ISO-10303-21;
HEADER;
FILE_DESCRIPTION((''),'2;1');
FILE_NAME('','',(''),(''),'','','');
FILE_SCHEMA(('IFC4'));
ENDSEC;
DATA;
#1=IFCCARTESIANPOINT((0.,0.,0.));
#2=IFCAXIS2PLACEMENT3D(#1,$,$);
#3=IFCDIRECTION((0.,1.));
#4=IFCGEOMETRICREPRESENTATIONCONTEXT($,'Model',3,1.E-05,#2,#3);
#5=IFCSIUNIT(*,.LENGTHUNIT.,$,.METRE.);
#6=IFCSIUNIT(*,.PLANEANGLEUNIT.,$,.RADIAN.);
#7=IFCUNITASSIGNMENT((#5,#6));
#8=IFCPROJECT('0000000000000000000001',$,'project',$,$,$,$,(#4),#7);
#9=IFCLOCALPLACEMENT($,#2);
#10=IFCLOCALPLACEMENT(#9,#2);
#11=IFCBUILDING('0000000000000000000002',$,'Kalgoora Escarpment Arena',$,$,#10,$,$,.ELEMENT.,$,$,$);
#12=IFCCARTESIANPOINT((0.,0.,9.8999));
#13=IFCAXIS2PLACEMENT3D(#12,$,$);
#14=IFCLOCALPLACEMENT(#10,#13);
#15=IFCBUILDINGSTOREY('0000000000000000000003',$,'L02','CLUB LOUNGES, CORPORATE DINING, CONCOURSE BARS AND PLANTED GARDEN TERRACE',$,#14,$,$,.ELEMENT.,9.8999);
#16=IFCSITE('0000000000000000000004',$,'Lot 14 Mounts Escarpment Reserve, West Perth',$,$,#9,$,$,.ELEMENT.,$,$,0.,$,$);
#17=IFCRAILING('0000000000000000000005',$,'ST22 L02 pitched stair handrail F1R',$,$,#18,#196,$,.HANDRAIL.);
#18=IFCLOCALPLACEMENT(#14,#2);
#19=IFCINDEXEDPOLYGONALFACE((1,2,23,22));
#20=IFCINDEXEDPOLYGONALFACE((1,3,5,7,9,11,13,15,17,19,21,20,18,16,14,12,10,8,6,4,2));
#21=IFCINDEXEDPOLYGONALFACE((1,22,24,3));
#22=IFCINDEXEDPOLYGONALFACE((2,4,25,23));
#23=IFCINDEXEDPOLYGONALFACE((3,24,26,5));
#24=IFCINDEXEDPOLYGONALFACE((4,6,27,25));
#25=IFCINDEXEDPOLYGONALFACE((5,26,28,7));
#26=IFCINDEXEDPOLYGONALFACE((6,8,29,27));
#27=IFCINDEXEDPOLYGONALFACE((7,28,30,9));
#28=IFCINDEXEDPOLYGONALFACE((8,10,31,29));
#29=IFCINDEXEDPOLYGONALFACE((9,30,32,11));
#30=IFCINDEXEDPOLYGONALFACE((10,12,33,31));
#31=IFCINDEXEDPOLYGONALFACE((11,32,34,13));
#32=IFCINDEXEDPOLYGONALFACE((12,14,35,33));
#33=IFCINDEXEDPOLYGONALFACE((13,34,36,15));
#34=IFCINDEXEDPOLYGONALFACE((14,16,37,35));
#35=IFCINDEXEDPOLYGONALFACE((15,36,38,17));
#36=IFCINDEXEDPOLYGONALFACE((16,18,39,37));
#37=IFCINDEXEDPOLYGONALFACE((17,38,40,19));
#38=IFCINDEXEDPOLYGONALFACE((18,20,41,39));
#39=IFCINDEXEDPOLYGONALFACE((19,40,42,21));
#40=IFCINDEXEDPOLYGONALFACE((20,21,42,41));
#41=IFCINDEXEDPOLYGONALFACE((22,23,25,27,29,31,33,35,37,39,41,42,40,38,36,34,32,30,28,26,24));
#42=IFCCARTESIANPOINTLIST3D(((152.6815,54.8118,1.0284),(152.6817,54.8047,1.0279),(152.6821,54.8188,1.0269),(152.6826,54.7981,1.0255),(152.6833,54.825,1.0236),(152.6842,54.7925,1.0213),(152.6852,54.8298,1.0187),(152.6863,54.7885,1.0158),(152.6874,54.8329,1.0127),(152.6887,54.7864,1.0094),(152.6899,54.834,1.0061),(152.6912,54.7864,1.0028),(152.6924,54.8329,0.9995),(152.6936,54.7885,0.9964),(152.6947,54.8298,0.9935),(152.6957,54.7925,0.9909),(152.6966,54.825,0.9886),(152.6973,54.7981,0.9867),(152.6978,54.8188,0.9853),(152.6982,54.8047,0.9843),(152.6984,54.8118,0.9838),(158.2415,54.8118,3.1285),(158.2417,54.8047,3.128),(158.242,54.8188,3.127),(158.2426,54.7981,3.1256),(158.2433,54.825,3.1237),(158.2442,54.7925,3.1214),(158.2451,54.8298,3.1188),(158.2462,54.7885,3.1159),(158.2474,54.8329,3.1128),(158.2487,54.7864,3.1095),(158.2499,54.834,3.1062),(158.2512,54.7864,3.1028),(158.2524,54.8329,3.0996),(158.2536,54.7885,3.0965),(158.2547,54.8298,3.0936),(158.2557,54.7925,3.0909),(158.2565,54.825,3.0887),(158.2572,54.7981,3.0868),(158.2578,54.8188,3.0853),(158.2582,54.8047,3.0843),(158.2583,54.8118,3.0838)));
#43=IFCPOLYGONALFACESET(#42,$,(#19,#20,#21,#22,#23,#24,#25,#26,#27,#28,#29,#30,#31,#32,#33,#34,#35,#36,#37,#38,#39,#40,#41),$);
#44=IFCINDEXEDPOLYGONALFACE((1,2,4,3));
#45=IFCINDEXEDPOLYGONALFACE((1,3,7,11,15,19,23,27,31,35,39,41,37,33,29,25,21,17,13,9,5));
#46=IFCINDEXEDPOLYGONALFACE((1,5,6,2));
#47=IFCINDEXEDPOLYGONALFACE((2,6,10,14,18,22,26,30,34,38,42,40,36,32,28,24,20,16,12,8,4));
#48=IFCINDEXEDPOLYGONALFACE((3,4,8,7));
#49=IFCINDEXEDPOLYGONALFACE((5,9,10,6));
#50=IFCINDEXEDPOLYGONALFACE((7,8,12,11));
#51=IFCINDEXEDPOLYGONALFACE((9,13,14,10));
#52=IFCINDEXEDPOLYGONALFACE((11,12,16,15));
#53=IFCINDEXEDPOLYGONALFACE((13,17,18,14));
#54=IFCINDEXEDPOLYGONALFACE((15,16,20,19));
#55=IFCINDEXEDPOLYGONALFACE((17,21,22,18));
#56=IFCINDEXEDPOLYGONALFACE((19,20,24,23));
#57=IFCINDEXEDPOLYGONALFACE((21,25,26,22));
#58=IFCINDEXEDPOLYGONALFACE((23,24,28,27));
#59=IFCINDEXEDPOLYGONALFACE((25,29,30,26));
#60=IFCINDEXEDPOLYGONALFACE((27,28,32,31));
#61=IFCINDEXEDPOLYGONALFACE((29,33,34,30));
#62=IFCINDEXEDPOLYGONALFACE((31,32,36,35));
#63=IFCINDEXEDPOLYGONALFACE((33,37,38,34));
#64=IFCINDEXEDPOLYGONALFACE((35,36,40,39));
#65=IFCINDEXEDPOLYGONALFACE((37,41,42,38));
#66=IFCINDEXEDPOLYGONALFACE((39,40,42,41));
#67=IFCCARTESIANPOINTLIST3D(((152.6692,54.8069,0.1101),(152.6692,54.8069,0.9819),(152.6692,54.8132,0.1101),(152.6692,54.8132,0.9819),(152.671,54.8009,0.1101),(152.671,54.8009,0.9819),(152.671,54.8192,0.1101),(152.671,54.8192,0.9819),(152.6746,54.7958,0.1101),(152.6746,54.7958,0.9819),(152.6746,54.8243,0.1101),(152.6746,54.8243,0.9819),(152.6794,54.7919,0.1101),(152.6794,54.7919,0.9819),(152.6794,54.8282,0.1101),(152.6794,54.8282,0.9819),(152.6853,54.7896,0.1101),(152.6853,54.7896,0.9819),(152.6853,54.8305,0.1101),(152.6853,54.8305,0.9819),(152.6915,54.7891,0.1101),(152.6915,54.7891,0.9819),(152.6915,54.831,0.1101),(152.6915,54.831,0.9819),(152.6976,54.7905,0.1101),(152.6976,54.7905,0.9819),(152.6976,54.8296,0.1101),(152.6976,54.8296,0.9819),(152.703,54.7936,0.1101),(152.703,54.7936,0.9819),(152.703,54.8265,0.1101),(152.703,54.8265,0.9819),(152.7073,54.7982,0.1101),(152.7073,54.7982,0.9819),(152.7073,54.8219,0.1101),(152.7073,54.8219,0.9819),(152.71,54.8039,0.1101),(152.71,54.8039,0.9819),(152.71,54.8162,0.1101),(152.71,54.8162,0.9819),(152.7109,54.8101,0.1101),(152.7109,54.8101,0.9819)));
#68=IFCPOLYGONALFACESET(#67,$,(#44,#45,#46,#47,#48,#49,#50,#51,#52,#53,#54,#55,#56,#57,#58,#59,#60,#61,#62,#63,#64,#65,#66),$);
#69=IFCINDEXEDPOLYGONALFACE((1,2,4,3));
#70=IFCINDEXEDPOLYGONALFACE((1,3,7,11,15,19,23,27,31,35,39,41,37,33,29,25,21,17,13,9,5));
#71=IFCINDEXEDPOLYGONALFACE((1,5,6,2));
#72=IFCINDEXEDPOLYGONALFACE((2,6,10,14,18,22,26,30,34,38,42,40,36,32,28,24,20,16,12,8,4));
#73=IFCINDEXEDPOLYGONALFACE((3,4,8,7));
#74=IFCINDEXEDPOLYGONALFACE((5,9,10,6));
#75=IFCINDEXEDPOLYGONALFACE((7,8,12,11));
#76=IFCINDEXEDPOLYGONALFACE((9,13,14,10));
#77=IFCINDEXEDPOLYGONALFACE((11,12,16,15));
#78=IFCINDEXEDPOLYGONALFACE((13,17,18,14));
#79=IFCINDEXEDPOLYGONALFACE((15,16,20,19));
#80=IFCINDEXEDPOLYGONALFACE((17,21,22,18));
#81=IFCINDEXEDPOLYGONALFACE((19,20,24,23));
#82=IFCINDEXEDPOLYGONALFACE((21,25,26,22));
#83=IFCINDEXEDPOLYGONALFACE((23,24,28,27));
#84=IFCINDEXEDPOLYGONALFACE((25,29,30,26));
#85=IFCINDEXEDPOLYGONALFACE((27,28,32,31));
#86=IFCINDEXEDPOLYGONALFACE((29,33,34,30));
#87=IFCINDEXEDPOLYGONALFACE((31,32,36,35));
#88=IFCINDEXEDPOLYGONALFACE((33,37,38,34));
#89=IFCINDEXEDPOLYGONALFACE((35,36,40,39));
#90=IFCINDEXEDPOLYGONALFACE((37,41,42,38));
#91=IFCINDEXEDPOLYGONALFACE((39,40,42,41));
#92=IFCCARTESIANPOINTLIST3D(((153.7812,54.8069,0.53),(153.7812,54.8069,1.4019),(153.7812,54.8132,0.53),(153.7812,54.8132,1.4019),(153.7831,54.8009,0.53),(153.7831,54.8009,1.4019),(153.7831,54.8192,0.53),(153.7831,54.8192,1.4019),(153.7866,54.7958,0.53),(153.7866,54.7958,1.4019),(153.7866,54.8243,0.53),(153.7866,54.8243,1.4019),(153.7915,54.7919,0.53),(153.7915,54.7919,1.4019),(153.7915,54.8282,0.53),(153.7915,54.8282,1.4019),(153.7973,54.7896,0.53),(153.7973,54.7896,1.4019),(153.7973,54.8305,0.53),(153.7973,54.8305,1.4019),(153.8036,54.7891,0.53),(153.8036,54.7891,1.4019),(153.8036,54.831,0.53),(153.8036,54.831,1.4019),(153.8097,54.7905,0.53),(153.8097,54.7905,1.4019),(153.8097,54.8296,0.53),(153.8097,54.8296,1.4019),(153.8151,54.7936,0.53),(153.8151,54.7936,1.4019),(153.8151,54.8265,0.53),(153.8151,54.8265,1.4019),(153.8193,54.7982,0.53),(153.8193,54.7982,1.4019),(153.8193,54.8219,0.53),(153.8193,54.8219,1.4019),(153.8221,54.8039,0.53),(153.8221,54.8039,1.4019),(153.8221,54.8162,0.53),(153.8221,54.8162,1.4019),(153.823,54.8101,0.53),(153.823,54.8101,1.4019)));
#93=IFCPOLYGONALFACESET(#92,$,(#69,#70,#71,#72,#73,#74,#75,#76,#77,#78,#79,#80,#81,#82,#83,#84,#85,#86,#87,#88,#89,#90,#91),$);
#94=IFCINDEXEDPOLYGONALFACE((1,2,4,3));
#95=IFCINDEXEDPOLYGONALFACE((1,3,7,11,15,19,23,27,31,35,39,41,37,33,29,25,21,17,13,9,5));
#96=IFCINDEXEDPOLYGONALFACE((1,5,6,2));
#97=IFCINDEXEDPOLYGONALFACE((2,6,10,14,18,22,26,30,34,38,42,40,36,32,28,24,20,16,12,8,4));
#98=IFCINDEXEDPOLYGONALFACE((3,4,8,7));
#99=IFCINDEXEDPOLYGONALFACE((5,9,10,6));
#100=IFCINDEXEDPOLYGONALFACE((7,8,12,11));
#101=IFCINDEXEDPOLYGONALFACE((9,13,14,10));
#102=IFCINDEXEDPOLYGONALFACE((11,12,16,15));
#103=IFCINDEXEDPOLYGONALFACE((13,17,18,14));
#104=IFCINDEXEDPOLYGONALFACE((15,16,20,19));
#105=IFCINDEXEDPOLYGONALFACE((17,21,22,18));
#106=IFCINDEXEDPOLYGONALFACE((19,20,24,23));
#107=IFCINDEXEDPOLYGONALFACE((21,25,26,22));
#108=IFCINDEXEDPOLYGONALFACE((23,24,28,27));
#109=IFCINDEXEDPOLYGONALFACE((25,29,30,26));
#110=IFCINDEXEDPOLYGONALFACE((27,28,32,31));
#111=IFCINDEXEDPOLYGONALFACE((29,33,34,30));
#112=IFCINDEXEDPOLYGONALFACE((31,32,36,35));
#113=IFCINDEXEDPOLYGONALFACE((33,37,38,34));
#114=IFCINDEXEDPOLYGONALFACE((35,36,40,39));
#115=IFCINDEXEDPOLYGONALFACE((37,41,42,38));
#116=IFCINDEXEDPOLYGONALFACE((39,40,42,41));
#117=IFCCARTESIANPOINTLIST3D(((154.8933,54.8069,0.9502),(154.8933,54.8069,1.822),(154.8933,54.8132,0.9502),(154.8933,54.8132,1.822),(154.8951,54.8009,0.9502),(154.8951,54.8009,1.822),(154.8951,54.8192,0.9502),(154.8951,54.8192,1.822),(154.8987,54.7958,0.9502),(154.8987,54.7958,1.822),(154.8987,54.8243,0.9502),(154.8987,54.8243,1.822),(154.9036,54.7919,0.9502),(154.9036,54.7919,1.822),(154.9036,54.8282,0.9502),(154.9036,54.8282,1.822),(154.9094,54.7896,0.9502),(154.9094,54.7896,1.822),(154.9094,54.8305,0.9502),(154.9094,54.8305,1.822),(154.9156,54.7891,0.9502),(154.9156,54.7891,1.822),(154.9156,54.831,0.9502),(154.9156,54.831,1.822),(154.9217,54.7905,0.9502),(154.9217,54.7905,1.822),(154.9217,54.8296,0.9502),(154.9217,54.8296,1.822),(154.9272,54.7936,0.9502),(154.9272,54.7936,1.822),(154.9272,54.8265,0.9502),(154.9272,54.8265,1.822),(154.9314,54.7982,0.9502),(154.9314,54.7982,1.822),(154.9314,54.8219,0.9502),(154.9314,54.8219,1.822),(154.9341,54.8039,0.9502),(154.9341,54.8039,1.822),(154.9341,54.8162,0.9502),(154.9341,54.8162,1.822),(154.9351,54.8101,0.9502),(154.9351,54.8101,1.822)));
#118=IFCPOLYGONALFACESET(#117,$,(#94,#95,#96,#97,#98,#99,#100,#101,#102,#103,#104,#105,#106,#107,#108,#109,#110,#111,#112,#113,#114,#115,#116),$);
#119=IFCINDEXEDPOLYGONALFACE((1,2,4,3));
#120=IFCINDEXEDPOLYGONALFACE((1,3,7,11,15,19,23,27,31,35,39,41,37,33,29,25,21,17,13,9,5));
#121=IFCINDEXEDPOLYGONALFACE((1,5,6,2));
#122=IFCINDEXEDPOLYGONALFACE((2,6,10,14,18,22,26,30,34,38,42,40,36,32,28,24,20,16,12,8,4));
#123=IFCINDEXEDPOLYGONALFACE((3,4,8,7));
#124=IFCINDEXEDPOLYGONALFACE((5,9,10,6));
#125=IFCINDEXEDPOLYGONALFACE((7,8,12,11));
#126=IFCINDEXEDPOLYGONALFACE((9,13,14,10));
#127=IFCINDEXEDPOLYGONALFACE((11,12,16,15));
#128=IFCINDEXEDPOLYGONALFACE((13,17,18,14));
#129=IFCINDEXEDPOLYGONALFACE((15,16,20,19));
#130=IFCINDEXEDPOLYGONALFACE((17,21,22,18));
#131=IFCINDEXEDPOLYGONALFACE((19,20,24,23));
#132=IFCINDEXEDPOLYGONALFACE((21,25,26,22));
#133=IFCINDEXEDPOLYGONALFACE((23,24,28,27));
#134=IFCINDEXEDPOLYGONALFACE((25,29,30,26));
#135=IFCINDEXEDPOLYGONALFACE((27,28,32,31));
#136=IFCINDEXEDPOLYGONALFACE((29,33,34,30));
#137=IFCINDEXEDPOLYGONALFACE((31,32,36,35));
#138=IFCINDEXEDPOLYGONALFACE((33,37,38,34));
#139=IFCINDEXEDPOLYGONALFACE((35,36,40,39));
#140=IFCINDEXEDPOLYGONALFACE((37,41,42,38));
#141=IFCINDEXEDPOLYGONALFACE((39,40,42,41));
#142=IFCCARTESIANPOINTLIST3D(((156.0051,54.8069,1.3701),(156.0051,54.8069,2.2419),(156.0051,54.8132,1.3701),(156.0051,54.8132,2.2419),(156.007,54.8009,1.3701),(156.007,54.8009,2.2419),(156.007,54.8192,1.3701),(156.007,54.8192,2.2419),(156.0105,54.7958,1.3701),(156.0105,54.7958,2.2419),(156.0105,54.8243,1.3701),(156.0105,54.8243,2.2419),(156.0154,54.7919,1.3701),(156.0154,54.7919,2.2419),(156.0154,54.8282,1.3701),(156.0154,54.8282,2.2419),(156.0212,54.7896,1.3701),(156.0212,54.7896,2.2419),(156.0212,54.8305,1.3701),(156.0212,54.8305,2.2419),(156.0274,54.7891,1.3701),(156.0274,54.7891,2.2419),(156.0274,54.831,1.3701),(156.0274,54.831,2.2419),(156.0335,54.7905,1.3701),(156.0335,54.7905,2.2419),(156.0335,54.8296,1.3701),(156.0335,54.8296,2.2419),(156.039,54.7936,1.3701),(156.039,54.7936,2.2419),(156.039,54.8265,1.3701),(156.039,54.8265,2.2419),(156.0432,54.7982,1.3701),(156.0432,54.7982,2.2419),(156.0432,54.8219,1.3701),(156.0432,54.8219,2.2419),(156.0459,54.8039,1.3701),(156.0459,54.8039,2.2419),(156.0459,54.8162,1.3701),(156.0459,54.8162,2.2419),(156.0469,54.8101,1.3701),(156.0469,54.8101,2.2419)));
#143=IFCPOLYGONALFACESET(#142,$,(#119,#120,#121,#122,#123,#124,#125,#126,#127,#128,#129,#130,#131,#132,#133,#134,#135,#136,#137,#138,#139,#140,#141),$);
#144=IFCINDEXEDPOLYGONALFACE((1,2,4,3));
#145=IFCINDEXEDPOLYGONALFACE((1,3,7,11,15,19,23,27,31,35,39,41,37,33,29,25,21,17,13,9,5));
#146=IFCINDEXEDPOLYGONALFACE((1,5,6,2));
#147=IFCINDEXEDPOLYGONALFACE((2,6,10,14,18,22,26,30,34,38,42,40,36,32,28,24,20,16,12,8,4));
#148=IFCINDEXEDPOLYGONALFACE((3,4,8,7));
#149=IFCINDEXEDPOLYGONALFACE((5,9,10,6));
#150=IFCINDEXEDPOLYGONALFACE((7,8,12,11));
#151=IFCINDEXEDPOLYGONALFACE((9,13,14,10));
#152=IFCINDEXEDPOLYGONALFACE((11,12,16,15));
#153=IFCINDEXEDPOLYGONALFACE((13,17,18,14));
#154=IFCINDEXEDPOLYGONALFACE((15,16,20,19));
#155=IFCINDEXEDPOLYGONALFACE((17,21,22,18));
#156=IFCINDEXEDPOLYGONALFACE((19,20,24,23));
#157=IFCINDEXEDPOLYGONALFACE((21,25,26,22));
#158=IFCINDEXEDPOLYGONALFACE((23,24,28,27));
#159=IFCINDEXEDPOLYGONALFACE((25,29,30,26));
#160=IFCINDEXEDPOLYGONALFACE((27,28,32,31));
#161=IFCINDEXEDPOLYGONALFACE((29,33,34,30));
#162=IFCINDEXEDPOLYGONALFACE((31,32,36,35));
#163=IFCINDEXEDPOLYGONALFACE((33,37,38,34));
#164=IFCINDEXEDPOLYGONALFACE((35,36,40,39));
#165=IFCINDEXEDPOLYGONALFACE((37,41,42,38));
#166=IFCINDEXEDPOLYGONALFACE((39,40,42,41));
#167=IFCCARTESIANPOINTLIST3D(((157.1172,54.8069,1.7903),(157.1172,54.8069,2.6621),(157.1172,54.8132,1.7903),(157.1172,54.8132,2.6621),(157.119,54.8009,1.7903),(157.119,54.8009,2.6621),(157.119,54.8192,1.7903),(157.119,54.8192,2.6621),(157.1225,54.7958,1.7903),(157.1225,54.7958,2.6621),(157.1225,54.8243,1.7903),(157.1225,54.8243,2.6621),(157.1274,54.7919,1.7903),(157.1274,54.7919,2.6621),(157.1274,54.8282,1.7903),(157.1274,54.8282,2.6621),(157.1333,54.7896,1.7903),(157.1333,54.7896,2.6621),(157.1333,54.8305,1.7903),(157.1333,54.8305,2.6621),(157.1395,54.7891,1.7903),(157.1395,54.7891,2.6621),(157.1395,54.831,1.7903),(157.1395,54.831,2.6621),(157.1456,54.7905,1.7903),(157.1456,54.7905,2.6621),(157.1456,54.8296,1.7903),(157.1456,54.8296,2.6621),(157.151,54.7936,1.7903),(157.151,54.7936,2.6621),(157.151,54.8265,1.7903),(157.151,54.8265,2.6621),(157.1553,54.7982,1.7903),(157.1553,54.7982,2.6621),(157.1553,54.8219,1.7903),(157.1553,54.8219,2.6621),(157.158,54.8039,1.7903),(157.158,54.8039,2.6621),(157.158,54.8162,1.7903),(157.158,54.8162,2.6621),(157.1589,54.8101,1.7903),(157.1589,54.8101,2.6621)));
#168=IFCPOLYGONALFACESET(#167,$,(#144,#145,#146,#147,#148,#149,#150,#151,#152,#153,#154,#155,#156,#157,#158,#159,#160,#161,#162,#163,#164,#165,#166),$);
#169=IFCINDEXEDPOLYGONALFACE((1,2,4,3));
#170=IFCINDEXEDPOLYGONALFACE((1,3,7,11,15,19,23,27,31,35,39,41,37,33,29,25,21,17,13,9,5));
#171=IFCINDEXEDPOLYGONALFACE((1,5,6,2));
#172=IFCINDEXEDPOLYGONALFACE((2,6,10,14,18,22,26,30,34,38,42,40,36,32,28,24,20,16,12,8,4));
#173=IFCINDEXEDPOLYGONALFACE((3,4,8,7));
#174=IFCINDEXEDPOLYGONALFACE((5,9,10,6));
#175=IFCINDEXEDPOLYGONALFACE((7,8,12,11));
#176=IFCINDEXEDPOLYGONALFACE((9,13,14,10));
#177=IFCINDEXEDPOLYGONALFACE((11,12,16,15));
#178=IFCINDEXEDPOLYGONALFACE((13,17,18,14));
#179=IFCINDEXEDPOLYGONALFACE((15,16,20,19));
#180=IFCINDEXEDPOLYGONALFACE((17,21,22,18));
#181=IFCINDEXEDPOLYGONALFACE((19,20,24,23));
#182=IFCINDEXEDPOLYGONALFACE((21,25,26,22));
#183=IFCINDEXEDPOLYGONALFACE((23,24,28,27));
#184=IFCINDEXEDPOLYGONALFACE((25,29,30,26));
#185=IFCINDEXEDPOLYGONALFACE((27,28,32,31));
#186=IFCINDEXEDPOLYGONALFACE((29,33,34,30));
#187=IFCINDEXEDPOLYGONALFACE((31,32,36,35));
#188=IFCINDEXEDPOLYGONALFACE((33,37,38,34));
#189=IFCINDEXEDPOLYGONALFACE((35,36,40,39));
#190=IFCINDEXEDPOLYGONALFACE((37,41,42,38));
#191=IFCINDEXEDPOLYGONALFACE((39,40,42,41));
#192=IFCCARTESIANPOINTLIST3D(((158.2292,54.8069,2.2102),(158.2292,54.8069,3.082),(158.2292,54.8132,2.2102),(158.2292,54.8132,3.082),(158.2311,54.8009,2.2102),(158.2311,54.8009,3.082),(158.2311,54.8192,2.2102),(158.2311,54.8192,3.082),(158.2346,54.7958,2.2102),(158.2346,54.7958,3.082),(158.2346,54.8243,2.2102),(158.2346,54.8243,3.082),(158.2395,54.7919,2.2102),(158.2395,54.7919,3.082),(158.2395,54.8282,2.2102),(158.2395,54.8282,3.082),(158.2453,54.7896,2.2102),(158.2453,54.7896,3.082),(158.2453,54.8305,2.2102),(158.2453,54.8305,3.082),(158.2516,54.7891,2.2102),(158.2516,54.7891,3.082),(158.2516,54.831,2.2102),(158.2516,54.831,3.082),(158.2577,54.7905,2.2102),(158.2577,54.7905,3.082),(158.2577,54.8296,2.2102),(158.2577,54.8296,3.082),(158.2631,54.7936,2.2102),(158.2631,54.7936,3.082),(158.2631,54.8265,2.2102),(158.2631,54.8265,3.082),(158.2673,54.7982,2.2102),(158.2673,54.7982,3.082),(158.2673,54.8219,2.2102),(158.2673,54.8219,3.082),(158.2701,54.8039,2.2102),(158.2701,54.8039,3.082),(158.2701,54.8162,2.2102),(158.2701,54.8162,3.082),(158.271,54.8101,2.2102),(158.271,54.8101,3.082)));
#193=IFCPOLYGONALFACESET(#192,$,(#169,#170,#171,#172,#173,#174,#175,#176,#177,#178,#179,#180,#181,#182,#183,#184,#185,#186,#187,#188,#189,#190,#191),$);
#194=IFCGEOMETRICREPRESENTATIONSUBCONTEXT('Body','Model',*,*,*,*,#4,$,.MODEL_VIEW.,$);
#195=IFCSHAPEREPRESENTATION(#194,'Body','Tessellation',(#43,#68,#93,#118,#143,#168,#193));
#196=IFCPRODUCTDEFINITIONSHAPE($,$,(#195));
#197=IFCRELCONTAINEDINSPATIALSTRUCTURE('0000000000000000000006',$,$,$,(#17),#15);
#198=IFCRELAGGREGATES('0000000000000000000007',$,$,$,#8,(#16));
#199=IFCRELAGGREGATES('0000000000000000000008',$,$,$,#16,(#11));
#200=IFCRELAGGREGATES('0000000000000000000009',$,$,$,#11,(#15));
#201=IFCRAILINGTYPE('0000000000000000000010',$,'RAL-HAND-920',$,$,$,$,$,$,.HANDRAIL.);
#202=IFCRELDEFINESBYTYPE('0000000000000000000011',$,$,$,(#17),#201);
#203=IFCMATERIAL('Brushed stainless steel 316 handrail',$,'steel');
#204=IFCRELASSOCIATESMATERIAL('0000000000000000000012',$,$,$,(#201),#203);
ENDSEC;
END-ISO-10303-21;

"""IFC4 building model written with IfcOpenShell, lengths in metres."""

from ifc_helpers import new_model, si_unit, direction, frame, origin, origin_2d, place, context, subcontext, project, spatial, circle, extrude, material, type_object, element, save


model = new_model("IFC4")

# Units and contexts
model_context = context("Model", 3, precision=1e-05, world=origin(), true_north=direction((0.0, 1.0)))
body_context = subcontext(model_context, "Body", "Model", "MODEL_VIEW")
ifc_project = project(units=[si_unit("LENGTHUNIT", "METRE"), si_unit("PLANEANGLEUNIT", "RADIAN")], contexts=[model_context])

# Site, building, storey
site_placement = place(None, origin())
site = spatial("IfcSite", under=ifc_project, at=site_placement, Name="Lot 14 Mounts Escarpment Reserve, West Perth", CompositionType="ELEMENT", RefElevation=0.0)
building_placement = place(site_placement, origin())
building = spatial("IfcBuilding", under=site, at=building_placement, Name="Kalgoora Escarpment Arena", CompositionType="ELEMENT")
storey_placement = place(building_placement, frame((0.0, 0.0, 9.8999)))
storey = spatial("IfcBuildingStorey", under=building, at=storey_placement, Name="L02", Description="CLUB LOUNGES, CORPORATE DINING, CONCOURSE BARS AND PLANTED GARDEN TERRACE", CompositionType="ELEMENT", Elevation=9.8999)

# Railing
ifc_material_1 = material(Name="Brushed stainless steel 316 handrail", Category="steel")
railing_type_1 = type_object("IfcRailingType", Name="RAL-HAND-920", PredefinedType="HANDRAIL", material=ifc_material_1)
for number, where, name in (
    (1, (152.6899, 54.8101, 0.1101), "ST22 L02 pitched stair handrail F1R"),
):
    element("IfcRailing", number, at=place(storey_placement, frame(where)), inside=storey, type_object=railing_type_1, Name=name, PredefinedType="HANDRAIL", context=body_context, shape_type="SweptSolid", body=[
        extrude(circle(Radius=0.0239, at=origin_2d()), frame((0.0, 0.0, 0.896), z_axis=(0.935493, 0.0, 0.353346), x_axis=(0.0, 1.0, 0.0)), (0.0, 0.0, 1.0), 5.9434),
        extrude(circle(Radius=0.021, at=origin_2d()), origin(), (0.0, 0.0, 1.0), 0.8718),
        extrude(circle(Radius=0.021, at=origin_2d()), frame((1.1121, 0.0, 0.4199)), (0.0, 0.0, 1.0), 0.8718),
        extrude(circle(Radius=0.021, at=origin_2d()), frame((2.2241, 0.0, 0.8401)), (0.0, 0.0, 1.0), 0.8718),
        extrude(circle(Radius=0.021, at=origin_2d()), frame((3.3359, 0.0, 1.26)), (0.0, 0.0, 1.0), 0.8718),
        extrude(circle(Radius=0.021, at=origin_2d()), frame((4.448, 0.0, 1.6802)), (0.0, 0.0, 1.0), 0.8718),
        extrude(circle(Radius=0.021, at=origin_2d()), frame((5.5601, 0.0, 2.1001)), (0.0, 0.0, 1.0), 0.8718),
    ])

save(model, "model.ifc")
